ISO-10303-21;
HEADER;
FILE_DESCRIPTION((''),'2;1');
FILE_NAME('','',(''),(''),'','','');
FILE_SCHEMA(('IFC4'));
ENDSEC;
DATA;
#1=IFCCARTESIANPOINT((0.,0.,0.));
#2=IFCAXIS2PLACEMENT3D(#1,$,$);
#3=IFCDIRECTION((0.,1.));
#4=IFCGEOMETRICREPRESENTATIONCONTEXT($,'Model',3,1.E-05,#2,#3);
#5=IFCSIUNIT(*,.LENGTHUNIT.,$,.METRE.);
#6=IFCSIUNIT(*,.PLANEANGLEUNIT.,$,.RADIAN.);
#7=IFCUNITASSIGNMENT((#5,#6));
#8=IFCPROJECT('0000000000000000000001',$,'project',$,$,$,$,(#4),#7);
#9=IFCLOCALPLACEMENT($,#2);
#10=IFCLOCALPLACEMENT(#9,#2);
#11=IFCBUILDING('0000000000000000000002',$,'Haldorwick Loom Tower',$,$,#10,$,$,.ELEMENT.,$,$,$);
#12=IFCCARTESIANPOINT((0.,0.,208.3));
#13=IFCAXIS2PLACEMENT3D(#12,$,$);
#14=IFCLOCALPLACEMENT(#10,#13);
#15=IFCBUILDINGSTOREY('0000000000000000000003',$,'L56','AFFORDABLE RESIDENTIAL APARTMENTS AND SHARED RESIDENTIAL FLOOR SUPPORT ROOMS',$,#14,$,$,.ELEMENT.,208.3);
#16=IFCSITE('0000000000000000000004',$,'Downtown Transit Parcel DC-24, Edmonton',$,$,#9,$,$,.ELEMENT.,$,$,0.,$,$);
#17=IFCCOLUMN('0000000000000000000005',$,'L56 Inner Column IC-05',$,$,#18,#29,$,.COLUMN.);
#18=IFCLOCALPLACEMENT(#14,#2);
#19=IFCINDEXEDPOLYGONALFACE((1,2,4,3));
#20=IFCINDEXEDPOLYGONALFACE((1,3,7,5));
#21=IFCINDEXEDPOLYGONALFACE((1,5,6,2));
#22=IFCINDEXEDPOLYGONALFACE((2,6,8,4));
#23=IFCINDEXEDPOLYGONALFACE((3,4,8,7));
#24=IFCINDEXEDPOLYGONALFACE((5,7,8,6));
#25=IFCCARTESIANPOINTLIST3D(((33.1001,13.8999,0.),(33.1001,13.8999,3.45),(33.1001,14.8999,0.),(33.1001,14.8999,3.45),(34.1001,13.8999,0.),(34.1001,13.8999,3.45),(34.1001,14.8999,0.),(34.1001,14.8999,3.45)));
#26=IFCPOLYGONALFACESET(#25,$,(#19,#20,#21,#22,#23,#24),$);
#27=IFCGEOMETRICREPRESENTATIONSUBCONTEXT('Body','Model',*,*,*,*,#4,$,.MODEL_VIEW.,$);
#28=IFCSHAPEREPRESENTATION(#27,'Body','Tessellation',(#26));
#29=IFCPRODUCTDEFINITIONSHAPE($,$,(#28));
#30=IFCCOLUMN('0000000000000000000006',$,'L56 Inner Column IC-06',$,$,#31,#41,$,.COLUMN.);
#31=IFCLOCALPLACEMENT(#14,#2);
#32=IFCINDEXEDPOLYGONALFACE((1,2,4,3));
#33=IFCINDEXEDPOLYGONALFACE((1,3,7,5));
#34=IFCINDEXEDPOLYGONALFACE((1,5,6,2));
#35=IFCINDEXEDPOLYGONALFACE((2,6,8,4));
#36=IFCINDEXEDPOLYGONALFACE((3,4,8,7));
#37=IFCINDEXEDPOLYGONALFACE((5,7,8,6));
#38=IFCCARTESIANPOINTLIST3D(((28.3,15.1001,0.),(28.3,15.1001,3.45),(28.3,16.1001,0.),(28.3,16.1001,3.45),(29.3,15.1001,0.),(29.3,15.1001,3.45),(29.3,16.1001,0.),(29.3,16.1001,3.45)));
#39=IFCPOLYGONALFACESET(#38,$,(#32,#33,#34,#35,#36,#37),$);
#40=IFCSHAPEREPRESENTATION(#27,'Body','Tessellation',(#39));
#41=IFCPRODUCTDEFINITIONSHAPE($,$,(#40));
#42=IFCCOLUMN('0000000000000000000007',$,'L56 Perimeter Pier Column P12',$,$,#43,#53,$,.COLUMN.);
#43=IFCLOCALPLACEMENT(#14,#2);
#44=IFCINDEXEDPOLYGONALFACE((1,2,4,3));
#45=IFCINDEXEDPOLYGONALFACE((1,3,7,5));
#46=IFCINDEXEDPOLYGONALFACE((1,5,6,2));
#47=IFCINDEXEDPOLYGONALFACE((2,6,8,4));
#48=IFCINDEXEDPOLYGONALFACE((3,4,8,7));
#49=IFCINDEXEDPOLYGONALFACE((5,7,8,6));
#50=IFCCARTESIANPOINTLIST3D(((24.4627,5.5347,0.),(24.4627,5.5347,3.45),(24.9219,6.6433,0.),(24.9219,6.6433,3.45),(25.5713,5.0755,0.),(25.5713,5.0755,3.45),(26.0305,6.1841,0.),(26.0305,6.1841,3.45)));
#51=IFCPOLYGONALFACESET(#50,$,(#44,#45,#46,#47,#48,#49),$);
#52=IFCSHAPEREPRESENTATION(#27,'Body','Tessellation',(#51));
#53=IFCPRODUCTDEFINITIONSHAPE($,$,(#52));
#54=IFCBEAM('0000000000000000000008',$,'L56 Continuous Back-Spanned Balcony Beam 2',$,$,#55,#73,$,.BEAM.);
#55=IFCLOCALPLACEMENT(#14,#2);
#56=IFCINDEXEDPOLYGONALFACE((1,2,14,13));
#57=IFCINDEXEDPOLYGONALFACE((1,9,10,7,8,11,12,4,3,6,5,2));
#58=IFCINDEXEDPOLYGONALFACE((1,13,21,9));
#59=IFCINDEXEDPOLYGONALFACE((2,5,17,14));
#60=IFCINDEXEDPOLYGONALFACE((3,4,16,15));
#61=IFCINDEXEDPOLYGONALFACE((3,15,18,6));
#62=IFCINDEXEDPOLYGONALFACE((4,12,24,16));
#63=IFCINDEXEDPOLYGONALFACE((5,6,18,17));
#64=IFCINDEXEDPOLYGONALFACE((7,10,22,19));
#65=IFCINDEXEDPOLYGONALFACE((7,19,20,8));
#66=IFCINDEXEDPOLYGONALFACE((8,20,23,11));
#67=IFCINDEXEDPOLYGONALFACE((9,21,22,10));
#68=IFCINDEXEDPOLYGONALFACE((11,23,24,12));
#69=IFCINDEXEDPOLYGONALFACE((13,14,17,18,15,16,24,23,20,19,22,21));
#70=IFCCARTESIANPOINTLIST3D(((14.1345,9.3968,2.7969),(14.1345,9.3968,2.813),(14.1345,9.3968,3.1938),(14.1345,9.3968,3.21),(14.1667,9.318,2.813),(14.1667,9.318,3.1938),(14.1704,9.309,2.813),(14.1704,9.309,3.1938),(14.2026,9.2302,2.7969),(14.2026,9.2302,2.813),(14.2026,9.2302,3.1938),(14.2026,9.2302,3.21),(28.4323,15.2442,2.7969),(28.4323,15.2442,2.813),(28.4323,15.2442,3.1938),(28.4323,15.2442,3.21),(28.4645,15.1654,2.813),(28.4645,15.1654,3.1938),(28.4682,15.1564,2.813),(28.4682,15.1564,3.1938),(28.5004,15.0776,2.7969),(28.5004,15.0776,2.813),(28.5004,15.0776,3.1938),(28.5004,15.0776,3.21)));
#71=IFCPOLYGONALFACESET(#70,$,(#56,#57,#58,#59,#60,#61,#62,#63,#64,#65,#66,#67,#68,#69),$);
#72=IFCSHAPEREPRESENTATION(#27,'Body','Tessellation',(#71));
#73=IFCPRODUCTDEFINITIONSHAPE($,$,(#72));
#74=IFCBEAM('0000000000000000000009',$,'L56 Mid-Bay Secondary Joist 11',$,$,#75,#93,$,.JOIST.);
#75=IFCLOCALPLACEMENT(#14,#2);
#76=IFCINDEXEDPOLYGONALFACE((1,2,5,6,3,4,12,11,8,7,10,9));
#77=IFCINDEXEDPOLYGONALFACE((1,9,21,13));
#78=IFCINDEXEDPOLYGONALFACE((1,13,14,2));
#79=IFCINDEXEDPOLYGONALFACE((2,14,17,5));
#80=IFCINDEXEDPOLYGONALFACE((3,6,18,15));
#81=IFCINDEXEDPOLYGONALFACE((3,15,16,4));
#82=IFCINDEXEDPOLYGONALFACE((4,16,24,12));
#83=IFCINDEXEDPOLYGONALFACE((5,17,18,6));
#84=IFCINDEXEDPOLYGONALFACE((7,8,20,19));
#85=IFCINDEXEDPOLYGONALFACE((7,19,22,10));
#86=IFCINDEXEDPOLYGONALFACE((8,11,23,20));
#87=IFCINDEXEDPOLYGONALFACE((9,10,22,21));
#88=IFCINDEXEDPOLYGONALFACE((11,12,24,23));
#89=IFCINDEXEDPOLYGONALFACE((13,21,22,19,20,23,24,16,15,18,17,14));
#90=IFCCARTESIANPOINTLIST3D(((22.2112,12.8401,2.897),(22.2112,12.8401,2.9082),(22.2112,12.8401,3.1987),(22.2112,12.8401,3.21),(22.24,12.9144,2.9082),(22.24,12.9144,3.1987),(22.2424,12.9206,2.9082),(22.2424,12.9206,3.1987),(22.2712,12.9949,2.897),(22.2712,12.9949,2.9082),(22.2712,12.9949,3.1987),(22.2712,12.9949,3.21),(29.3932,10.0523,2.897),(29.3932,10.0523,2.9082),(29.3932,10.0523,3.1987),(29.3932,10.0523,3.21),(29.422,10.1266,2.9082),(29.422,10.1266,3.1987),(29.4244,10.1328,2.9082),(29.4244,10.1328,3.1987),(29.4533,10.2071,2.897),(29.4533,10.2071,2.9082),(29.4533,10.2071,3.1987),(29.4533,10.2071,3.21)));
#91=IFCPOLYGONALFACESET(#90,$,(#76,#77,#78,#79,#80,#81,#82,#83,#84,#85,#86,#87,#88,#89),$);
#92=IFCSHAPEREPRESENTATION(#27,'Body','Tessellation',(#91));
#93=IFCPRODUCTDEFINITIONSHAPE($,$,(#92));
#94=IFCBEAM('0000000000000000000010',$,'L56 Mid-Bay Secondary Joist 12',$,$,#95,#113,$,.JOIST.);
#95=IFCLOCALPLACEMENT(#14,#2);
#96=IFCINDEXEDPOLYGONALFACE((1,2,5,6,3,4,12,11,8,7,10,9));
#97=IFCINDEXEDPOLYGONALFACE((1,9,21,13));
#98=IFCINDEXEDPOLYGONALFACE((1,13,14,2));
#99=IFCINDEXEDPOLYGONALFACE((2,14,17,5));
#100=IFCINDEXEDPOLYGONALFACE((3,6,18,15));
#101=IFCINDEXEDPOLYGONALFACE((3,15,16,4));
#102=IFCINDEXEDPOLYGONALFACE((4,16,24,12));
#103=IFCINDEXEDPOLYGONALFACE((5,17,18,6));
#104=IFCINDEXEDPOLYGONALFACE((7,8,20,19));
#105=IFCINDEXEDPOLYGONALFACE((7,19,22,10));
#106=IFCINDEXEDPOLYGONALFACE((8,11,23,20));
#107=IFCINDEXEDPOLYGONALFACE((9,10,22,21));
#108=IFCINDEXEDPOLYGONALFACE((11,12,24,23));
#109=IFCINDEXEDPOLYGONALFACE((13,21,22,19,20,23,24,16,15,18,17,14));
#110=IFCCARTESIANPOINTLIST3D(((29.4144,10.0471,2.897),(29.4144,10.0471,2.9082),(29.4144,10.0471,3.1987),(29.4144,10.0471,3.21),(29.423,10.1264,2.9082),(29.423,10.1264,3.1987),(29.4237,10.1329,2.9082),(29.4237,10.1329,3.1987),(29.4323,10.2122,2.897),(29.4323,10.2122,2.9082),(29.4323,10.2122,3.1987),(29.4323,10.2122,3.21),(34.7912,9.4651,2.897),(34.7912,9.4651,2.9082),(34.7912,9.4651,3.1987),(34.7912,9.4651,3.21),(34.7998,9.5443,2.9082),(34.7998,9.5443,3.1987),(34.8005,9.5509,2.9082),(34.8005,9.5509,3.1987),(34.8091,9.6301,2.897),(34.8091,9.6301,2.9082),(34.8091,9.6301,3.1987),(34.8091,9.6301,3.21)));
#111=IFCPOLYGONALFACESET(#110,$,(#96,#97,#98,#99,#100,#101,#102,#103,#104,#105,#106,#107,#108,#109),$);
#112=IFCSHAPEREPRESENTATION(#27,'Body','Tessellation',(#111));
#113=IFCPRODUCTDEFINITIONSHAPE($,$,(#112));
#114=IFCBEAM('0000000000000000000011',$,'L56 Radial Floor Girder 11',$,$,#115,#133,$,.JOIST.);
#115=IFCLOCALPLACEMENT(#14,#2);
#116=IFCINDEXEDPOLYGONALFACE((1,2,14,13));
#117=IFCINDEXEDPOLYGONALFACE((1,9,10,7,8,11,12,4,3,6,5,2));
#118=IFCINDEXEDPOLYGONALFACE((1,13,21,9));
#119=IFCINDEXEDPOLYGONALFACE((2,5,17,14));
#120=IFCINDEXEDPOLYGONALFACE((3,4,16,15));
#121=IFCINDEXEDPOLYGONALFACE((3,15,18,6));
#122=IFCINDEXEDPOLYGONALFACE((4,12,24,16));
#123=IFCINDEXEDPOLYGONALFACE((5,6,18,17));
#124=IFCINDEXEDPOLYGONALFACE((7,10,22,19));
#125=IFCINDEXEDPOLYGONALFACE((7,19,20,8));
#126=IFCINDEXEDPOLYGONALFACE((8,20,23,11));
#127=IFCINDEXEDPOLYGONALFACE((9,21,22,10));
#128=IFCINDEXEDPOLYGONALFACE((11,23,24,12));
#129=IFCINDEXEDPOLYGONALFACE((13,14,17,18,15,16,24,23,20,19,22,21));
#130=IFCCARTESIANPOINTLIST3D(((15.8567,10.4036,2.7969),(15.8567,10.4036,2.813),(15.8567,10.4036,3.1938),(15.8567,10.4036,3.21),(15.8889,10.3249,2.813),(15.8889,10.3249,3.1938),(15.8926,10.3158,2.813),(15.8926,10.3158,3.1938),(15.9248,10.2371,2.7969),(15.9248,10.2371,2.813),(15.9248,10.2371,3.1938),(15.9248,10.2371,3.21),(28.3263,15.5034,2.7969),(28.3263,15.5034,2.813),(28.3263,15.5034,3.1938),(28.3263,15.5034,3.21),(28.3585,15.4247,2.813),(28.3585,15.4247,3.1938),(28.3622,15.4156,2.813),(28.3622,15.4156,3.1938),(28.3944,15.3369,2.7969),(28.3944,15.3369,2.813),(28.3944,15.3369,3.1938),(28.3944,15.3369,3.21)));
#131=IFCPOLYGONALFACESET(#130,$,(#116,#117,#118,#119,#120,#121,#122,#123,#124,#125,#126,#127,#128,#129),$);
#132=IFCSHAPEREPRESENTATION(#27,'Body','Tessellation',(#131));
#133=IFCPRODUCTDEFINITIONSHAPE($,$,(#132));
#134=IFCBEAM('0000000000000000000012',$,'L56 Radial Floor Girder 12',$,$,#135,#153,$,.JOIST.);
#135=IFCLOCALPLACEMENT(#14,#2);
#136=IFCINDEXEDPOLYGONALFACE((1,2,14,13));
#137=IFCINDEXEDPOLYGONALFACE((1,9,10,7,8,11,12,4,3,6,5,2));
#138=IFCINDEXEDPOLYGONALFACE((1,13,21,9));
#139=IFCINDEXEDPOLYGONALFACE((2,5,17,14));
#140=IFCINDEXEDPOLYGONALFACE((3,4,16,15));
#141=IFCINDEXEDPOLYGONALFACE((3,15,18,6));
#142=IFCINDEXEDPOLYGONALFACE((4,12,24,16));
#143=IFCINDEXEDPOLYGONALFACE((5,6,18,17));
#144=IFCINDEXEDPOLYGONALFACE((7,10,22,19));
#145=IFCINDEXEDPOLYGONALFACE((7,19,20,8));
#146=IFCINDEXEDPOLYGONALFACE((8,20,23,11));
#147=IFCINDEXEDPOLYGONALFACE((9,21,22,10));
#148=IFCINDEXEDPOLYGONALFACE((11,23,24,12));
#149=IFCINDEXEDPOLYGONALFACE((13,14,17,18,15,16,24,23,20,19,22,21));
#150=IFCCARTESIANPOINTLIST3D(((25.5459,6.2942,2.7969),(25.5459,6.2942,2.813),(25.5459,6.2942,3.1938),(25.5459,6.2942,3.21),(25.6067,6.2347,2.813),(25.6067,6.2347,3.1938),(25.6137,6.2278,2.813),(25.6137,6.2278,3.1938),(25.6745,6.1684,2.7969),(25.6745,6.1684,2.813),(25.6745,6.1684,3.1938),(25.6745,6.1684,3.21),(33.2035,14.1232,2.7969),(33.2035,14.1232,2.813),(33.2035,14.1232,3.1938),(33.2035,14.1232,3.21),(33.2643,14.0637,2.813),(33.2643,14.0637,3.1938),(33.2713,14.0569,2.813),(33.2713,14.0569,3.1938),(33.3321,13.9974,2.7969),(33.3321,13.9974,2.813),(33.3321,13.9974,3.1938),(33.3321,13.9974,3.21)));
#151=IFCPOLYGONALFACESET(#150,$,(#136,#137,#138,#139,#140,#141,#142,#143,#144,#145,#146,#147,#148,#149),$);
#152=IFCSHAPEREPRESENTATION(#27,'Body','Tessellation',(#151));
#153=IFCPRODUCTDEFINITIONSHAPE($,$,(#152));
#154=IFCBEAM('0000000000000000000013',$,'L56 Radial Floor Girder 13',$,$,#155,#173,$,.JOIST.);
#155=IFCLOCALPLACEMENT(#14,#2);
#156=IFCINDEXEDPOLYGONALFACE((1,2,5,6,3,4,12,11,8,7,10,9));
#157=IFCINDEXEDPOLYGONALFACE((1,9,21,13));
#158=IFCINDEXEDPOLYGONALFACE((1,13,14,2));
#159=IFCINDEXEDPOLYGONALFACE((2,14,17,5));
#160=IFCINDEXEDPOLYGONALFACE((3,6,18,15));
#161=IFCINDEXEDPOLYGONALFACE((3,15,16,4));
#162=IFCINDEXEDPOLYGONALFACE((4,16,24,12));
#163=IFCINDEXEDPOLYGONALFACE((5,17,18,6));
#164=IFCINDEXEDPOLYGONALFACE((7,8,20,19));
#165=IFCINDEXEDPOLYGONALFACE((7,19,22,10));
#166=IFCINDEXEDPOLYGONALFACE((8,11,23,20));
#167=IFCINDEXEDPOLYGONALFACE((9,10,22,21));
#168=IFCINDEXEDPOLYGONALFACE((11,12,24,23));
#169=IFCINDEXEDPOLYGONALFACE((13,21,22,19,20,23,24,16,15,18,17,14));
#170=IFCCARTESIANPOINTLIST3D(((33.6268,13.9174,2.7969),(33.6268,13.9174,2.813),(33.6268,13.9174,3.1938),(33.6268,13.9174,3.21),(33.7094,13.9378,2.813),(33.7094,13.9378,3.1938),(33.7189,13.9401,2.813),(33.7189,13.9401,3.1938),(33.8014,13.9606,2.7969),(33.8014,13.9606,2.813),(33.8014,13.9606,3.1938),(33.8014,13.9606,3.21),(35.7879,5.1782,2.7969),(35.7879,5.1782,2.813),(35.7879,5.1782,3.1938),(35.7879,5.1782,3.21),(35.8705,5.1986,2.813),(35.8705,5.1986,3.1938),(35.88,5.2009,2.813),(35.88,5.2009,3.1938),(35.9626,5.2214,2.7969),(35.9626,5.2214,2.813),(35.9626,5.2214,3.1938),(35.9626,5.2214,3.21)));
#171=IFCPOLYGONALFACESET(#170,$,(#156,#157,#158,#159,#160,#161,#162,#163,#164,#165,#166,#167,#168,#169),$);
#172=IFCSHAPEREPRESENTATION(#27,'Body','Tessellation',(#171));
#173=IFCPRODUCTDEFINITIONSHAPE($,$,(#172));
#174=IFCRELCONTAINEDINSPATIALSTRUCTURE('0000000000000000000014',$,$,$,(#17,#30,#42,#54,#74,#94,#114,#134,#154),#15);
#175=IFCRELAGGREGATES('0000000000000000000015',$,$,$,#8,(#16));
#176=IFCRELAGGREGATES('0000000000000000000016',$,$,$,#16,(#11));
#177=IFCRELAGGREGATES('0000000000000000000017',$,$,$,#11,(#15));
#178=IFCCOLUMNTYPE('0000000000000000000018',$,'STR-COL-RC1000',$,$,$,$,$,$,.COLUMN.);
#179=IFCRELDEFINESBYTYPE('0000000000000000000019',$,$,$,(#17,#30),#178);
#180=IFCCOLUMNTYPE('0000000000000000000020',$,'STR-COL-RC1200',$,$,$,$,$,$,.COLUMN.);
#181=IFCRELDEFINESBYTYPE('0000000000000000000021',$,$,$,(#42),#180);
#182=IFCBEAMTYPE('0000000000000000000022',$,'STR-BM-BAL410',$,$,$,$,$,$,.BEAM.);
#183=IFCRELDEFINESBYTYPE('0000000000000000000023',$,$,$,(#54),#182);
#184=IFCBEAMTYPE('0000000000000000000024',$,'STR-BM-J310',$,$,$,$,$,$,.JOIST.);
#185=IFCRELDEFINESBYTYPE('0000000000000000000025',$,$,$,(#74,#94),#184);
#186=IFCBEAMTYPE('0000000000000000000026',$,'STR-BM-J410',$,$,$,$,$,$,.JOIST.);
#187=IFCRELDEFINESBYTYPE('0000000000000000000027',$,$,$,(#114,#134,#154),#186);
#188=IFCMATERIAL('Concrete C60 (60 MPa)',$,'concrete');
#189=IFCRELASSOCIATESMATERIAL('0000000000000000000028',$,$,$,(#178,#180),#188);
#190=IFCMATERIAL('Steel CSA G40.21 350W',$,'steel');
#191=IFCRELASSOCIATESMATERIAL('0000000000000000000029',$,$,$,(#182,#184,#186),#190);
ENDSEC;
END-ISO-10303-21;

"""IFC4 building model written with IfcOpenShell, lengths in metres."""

from ifc_helpers import new_model, si_unit, direction, frame, origin, origin_2d, place, context, subcontext, project, spatial, rectangle, i_section, extrude, material, material_profile, profile_set, type_object, element, save


model = new_model("IFC4")

# Units and contexts
model_context = context("Model", 3, precision=1e-05, world=origin(), true_north=direction((0.0, 1.0)))
body_context = subcontext(model_context, "Body", "Model", "MODEL_VIEW")
ifc_project = project(units=[si_unit("LENGTHUNIT", "METRE"), si_unit("PLANEANGLEUNIT", "RADIAN")], contexts=[model_context])

# Site, building, storey
site_placement = place(None, origin())
site = spatial("IfcSite", under=ifc_project, at=site_placement, Name="Downtown Transit Parcel DC-24, Edmonton", CompositionType="ELEMENT", RefElevation=0.0)
building_placement = place(site_placement, origin())
building = spatial("IfcBuilding", under=site, at=building_placement, Name="Haldorwick Loom Tower", CompositionType="ELEMENT")
storey_placement = place(building_placement, frame((0.0, 0.0, 208.3)))
storey = spatial("IfcBuildingStorey", under=building, at=storey_placement, Name="L56", Description="AFFORDABLE RESIDENTIAL APARTMENTS AND SHARED RESIDENTIAL FLOOR SUPPORT ROOMS", CompositionType="ELEMENT", Elevation=208.3)

# Columns
ifc_material_1 = material(Name="Concrete C60 (60 MPa)", Category="concrete")
ifc_material_profile_1 = material_profile(ifc_material_1, rectangle(XDim=1.0, YDim=1.0, at=origin_2d()), Name="RC1000X1000", Category="concrete")
ifc_profile_set_1 = profile_set([ifc_material_profile_1], Name="Concrete C60 (60 MPa)")
column_type_1 = type_object("IfcColumnType", Name="STR-COL-RC1000", PredefinedType="COLUMN", material=ifc_profile_set_1)
for number, where, z_axis, x_axis, name in (
    (1, (33.6001, 14.3999, 0.0), (0.0, 0.0, 1.0), (1.0, 0.0, 0.0), "L56 Inner Column IC-05"),
    (2, (28.8, 15.6001, 0.0), (0.0, 0.0, 1.0), (1.0, 0.0, 0.0), "L56 Inner Column IC-06"),
):
    element("IfcColumn", number, at=place(storey_placement, frame(where, z_axis=z_axis, x_axis=x_axis)), inside=storey, type_object=column_type_1, Name=name, PredefinedType="COLUMN", context=body_context, shape_type="SweptSolid", body=[
        extrude(rectangle(XDim=1.0, YDim=1.0, at=origin_2d()), origin(), (0.0, 0.0, 1.0), 3.45),
    ])
ifc_material_profile_2 = material_profile(ifc_material_1, rectangle(XDim=1.2, YDim=1.2, at=origin_2d()), Name="RC1200X1200", Category="concrete")
ifc_profile_set_2 = profile_set([ifc_material_profile_2], Name="Concrete C60 (60 MPa)")
column_type_2 = type_object("IfcColumnType", Name="STR-COL-RC1200", PredefinedType="COLUMN", material=ifc_profile_set_2)
column_placement = place(storey_placement, frame((25.2466, 5.8594, 0.0), z_axis=(0.0, 0.0, 1.0), x_axis=(-0.382683, -0.92388, 0.0)))
element("IfcColumn", 3, at=column_placement, inside=storey, type_object=column_type_2, Name="L56 Perimeter Pier Column P12", PredefinedType="COLUMN", context=body_context, shape_type="SweptSolid", body=[
    extrude(rectangle(XDim=1.2, YDim=1.2, at=origin_2d()), origin(), (0.0, 0.0, 1.0), 3.45),
])

# Beams
ifc_material_2 = material(Name="Steel CSA G40.21 350W", Category="steel")
ifc_material_profile_3 = material_profile(ifc_material_2, i_section(OverallWidth=0.1799, OverallDepth=0.4131, WebThickness=0.0098, FlangeThickness=0.0161, at=origin_2d()), Name="W410X74", Category="steel")
ifc_profile_set_3 = profile_set([ifc_material_profile_3], Name="Steel CSA G40.21 350W")
beam_type_1 = type_object("IfcBeamType", Name="STR-BM-BAL410", PredefinedType="BEAM", material=ifc_profile_set_3)
beam_1_placement = place(storey_placement, frame((28.4663, 15.1609, 3.0034), z_axis=(-0.925586, -0.378538, 0.0), x_axis=(0.378538, -0.925586, 0.0)))
element("IfcBeam", 4, at=beam_1_placement, inside=storey, type_object=beam_type_1, Name="L56 Continuous Back-Spanned Balcony Beam 2", PredefinedType="BEAM", context=body_context, shape_type="SweptSolid", body=[
    extrude(i_section(OverallWidth=0.1799, OverallDepth=0.4131, WebThickness=0.0098, FlangeThickness=0.0161, at=origin_2d()), origin(), (0.0, 0.0, 1.0), 15.4473),
])
ifc_material_profile_4 = material_profile(ifc_material_2, i_section(OverallWidth=0.166, OverallDepth=0.313, WebThickness=0.0066, FlangeThickness=0.0112, at=origin_2d()), Name="W310X45", Category="steel")
ifc_profile_set_4 = profile_set([ifc_material_profile_4], Name="Steel CSA G40.21 350W")
beam_type_2 = type_object("IfcBeamType", Name="STR-BM-J310", PredefinedType="JOIST", material=ifc_profile_set_4)
beam_2_placement = place(storey_placement, frame((22.2412, 12.9175, 3.0535), z_axis=(0.932233, -0.361859, 0.0), x_axis=(0.361859, 0.932233, 0.0)))
element("IfcBeam", 5, at=beam_2_placement, inside=storey, type_object=beam_type_2, Name="L56 Mid-Bay Secondary Joist 11", PredefinedType="JOIST", context=body_context, shape_type="SweptSolid", body=[
    extrude(i_section(OverallWidth=0.166, OverallDepth=0.313, WebThickness=0.0066, FlangeThickness=0.0112, at=origin_2d()), origin(), (0.0, 0.0, 1.0), 7.7041),
])
beam_3_placement = place(storey_placement, frame((29.4233, 10.1296, 3.0535), z_axis=(0.994192, -0.107622, 0.0), x_axis=(0.107622, 0.994192, 0.0)))
element("IfcBeam", 6, at=beam_3_placement, inside=storey, type_object=beam_type_2, Name="L56 Mid-Bay Secondary Joist 12", PredefinedType="JOIST", context=body_context, shape_type="SweptSolid", body=[
    extrude(i_section(OverallWidth=0.166, OverallDepth=0.313, WebThickness=0.0066, FlangeThickness=0.0112, at=origin_2d()), origin(), (0.0, 0.0, 1.0), 5.4082),
])
ifc_material_profile_5 = material_profile(ifc_material_2, i_section(OverallWidth=0.1799, OverallDepth=0.4131, WebThickness=0.0098, FlangeThickness=0.0161, at=origin_2d()), Name="W410X74", Category="steel")
ifc_profile_set_5 = profile_set([ifc_material_profile_5], Name="Steel CSA G40.21 350W")
beam_type_3 = type_object("IfcBeamType", Name="STR-BM-J410", PredefinedType="JOIST", material=ifc_profile_set_5)
beam_4_placement = place(storey_placement, frame((28.3604, 15.4202, 3.0034), z_axis=(-0.925583, -0.378544, 0.0), x_axis=(0.378544, -0.925583, 0.0)))
element("IfcBeam", 7, at=beam_4_placement, inside=storey, type_object=beam_type_3, Name="L56 Radial Floor Girder 11", PredefinedType="JOIST", context=body_context, shape_type="SweptSolid", body=[
    extrude(i_section(OverallWidth=0.1799, OverallDepth=0.4131, WebThickness=0.0098, FlangeThickness=0.0161, at=origin_2d()), origin(), (0.0, 0.0, 1.0), 13.4722),
])
beam_5_placement = place(storey_placement, frame((33.2678, 14.0603, 3.0034), z_axis=(-0.699239, -0.714888, 0.0), x_axis=(0.714888, -0.699239, 0.0)))
element("IfcBeam", 8, at=beam_5_placement, inside=storey, type_object=beam_type_3, Name="L56 Radial Floor Girder 12", PredefinedType="JOIST", context=body_context, shape_type="SweptSolid", body=[
    extrude(i_section(OverallWidth=0.1799, OverallDepth=0.4131, WebThickness=0.0098, FlangeThickness=0.0161, at=origin_2d()), origin(), (0.0, 0.0, 1.0), 10.9514),
])
beam_6_placement = place(storey_placement, frame((33.7141, 13.939, 3.0034), z_axis=(0.240059, -0.970758, 0.0), x_axis=(0.970758, 0.240059, 0.0)))
element("IfcBeam", 9, at=beam_6_placement, inside=storey, type_object=beam_type_3, Name="L56 Radial Floor Girder 13", PredefinedType="JOIST", context=body_context, shape_type="SweptSolid", body=[
    extrude(i_section(OverallWidth=0.1799, OverallDepth=0.4131, WebThickness=0.0098, FlangeThickness=0.0161, at=origin_2d()), origin(), (0.0, 0.0, 1.0), 9.0024),
])

save(model, "model.ifc")
